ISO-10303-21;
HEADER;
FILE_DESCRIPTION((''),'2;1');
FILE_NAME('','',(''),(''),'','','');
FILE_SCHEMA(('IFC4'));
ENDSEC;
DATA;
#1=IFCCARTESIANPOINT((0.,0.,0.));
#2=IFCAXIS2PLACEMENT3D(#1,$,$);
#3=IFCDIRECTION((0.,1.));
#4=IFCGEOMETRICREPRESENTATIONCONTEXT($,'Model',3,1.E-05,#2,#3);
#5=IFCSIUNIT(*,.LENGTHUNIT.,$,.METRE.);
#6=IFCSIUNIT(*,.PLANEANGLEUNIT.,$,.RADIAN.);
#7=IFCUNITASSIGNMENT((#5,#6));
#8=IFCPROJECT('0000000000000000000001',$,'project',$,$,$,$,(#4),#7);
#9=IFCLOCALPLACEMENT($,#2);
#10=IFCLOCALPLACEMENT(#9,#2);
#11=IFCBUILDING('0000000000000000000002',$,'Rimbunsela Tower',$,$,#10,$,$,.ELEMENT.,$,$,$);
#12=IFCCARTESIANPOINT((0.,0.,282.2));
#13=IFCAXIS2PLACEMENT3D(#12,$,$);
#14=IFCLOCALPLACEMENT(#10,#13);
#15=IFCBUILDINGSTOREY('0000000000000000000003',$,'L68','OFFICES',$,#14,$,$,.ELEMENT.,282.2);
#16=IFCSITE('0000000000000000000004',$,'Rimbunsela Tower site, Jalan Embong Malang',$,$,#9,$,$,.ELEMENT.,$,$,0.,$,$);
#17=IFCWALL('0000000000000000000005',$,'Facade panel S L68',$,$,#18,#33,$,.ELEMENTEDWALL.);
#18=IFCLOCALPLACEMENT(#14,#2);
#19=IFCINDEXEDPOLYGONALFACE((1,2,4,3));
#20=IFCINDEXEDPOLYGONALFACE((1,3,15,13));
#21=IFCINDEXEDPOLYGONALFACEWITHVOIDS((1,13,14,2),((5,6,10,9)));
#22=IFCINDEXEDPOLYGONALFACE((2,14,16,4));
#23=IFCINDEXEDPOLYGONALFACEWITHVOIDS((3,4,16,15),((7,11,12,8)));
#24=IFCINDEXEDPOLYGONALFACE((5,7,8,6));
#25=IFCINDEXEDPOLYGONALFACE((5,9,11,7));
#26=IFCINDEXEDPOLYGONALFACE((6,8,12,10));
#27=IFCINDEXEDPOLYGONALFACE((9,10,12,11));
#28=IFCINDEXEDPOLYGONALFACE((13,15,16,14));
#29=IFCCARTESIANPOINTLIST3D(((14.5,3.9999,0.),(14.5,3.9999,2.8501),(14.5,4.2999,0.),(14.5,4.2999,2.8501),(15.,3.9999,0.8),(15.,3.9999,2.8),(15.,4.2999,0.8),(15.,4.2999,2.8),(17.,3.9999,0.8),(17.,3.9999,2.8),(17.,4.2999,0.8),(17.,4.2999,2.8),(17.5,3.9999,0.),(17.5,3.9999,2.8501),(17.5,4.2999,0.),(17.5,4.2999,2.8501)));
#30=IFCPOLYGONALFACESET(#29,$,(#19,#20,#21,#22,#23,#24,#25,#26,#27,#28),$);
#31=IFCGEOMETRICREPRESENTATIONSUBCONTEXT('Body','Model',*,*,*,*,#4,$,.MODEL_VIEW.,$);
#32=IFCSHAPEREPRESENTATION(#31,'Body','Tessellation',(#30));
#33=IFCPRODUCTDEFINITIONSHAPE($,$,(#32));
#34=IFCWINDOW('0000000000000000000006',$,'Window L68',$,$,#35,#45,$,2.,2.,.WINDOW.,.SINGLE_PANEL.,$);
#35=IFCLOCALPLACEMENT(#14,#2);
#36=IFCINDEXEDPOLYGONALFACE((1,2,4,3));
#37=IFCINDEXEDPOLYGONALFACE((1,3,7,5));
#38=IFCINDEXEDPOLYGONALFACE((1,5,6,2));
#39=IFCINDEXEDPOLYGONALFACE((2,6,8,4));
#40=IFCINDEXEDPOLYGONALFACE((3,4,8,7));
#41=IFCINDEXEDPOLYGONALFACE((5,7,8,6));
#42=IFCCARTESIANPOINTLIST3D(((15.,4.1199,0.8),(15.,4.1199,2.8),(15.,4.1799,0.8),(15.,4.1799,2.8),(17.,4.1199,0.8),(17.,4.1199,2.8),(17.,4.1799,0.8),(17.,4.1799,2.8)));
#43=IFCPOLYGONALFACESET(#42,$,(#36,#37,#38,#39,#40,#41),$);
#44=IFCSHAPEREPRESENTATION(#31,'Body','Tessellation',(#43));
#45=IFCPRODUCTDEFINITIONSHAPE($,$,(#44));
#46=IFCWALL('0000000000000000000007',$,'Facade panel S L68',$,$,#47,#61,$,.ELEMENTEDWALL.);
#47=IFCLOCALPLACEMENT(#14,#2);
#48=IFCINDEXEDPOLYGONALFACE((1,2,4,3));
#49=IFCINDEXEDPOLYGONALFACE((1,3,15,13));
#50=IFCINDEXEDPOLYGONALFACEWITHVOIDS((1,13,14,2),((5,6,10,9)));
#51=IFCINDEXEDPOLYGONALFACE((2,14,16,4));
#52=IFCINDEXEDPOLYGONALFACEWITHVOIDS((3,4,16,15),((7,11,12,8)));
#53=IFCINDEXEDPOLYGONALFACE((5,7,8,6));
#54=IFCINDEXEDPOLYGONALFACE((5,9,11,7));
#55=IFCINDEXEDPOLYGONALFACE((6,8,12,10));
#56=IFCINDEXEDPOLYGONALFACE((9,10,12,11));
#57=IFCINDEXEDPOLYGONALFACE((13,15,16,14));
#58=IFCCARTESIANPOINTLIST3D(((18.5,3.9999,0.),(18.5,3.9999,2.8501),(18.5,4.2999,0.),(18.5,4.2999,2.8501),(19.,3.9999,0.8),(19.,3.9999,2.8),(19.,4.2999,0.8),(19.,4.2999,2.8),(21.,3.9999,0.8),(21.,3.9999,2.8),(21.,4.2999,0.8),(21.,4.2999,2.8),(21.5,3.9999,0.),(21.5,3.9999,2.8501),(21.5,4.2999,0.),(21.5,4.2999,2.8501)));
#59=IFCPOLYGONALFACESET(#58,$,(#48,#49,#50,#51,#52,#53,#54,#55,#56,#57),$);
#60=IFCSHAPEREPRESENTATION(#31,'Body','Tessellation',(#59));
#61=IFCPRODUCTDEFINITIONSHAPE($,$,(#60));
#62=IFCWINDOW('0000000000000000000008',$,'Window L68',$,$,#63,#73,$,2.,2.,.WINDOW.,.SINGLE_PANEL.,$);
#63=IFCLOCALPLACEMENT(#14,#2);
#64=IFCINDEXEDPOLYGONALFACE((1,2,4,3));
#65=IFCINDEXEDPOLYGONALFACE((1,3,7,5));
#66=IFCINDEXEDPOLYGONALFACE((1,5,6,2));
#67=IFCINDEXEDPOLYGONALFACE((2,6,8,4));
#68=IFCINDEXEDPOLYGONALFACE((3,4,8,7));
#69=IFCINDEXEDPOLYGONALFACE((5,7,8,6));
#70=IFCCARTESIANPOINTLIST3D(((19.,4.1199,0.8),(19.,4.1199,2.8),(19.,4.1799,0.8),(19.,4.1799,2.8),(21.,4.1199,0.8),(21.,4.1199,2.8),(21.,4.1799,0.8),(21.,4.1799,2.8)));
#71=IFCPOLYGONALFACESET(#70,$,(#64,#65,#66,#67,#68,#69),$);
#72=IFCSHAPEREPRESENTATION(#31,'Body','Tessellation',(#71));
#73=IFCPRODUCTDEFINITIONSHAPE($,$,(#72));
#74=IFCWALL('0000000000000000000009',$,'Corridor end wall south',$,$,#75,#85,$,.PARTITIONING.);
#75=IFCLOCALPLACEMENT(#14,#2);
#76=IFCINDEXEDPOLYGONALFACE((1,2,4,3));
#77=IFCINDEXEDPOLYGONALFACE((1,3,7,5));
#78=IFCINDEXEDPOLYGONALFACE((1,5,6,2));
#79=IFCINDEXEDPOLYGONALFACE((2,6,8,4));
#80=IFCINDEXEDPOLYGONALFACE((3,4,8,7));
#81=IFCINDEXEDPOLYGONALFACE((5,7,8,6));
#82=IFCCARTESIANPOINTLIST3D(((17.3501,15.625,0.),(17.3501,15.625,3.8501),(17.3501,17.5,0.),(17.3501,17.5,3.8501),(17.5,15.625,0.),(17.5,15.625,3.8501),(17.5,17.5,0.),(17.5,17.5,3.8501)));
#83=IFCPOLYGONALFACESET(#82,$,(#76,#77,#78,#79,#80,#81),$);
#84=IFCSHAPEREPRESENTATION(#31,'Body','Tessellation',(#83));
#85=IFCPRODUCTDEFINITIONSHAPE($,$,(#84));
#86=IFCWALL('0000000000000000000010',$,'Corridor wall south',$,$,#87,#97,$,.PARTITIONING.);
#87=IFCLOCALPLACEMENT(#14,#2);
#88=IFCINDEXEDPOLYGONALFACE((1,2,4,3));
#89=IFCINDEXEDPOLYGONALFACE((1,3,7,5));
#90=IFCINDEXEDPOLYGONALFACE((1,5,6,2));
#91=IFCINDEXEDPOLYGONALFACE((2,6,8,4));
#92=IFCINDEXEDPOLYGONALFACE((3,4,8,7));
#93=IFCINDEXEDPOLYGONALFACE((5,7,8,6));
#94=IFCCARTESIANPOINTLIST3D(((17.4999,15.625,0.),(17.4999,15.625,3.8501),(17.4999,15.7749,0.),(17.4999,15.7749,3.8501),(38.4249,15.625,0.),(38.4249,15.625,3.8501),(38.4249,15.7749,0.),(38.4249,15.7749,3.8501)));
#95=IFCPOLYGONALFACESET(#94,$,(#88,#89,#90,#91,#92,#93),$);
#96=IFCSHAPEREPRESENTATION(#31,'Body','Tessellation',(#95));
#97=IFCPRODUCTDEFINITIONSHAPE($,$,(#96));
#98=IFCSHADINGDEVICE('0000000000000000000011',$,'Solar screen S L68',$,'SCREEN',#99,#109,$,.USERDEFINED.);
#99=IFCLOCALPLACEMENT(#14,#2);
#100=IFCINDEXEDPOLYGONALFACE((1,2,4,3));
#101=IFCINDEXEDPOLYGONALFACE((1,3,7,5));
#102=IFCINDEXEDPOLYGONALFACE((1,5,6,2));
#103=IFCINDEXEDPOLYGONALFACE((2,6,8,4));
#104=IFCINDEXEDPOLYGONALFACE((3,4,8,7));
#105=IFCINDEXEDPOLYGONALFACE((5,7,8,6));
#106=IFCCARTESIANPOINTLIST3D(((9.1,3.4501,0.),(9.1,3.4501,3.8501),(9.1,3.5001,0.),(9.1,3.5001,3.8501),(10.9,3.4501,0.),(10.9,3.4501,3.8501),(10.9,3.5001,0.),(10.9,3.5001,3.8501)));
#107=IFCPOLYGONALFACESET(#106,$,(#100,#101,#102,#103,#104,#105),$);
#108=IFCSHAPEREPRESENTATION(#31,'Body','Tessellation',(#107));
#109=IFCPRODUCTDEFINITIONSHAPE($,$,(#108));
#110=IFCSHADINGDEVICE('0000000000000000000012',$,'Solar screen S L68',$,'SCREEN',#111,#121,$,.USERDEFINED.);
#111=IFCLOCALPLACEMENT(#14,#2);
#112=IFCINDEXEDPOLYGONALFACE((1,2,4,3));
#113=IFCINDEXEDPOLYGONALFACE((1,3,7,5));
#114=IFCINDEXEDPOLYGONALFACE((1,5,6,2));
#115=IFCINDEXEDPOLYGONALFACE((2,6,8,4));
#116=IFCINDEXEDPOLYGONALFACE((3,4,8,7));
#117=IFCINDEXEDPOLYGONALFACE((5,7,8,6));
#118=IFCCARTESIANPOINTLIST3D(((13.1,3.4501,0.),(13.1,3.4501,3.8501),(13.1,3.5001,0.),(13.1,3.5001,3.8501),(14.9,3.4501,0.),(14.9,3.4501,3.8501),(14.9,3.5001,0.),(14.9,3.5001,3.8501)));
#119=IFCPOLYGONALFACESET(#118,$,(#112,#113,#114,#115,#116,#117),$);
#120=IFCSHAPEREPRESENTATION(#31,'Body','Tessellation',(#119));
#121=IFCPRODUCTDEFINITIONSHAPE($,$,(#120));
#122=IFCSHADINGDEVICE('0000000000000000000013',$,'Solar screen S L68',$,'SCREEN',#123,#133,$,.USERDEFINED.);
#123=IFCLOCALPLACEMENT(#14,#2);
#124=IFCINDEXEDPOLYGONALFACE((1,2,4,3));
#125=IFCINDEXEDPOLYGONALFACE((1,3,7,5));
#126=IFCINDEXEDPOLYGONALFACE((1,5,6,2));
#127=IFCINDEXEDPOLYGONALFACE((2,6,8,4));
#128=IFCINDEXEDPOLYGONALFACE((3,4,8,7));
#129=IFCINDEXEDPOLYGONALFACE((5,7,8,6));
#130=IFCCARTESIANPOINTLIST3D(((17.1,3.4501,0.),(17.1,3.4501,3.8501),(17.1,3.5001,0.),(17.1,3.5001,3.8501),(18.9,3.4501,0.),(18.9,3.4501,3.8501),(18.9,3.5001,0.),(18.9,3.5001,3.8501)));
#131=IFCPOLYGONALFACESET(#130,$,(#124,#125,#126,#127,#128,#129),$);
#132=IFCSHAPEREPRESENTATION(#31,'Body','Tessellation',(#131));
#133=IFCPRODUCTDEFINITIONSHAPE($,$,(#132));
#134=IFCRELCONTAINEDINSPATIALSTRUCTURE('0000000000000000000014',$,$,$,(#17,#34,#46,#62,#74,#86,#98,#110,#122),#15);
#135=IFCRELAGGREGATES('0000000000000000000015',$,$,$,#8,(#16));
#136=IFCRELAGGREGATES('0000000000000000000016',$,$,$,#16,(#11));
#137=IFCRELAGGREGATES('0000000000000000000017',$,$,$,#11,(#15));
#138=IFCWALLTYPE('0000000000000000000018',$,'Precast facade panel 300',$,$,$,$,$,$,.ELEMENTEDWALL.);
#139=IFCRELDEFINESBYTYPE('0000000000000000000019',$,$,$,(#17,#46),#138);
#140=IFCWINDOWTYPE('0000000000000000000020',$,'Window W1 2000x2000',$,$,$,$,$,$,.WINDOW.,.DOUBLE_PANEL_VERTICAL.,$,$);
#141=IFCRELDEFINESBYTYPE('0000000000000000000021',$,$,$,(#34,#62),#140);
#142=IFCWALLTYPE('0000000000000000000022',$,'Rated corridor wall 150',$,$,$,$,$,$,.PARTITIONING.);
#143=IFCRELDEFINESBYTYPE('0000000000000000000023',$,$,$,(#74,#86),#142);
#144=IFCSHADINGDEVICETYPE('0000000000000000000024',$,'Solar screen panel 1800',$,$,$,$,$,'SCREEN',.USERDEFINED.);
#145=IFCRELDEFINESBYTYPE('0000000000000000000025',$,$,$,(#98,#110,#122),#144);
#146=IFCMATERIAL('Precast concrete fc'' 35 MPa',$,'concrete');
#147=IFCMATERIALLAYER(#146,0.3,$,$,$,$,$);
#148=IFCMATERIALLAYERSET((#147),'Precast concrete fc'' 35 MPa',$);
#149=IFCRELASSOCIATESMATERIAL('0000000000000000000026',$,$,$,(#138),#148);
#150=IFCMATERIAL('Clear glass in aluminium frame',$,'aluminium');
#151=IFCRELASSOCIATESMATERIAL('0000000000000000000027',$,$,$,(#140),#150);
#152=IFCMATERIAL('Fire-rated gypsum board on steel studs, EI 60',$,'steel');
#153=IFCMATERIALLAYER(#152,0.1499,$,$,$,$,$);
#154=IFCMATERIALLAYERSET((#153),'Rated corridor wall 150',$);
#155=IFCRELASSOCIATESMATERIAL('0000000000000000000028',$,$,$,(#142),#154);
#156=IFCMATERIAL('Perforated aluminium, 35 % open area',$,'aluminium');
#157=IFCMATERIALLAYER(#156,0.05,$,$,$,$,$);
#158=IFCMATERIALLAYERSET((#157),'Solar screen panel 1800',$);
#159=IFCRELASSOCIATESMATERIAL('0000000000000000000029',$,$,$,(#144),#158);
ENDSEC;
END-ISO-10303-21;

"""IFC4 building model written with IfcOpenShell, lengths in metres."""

from ifc_helpers import new_model, si_unit, direction, frame, frame_2d, origin, origin_2d, place, context, subcontext, project, spatial, rectangle, extrude, material, layer, layer_set, type_object, element, fill, save


model = new_model("IFC4")

# Units and contexts
model_context = context("Model", 3, precision=1e-05, world=origin(), true_north=direction((0.0, 1.0)))
body_context = subcontext(model_context, "Body", "Model", "MODEL_VIEW")
ifc_project = project(units=[si_unit("LENGTHUNIT", "METRE"), si_unit("PLANEANGLEUNIT", "RADIAN")], contexts=[model_context])

# Site, building, storey
site_placement = place(None, origin())
site = spatial("IfcSite", under=ifc_project, at=site_placement, Name="Rimbunsela Tower site, Jalan Embong Malang", CompositionType="ELEMENT", RefElevation=0.0)
building_placement = place(site_placement, origin())
building = spatial("IfcBuilding", under=site, at=building_placement, Name="Rimbunsela Tower", CompositionType="ELEMENT")
storey_placement = place(building_placement, frame((0.0, 0.0, 282.2)))
storey = spatial("IfcBuildingStorey", under=building, at=storey_placement, Name="L68", Description="OFFICES", CompositionType="ELEMENT", Elevation=282.2)

# Shared definitions
ifc_material_1 = material(Name="Precast concrete fc' 35 MPa", Category="concrete")
ifc_layer_1 = layer(ifc_material_1, 0.3)
ifc_layer_set_1 = layer_set([ifc_layer_1], Name="Precast concrete fc' 35 MPa")
wall_type_1 = type_object("IfcWallType", Name="Precast facade panel 300", PredefinedType="ELEMENTEDWALL", material=ifc_layer_set_1)

# Walls, openings, windows
ifc_material_2 = material(Name="Clear glass in aluminium frame", Category="aluminium")
window_type = type_object("IfcWindowType", Name="Window W1 2000x2000", PartitioningType="DOUBLE_PANEL_VERTICAL", PredefinedType="WINDOW", material=ifc_material_2)
wall_1_placement = place(storey_placement, frame((14.5, 4.1499, 0.0), z_axis=(0.0, 0.0, 1.0), x_axis=(1.0, 0.0, 0.0)))
wall_1 = element("IfcWall", 1, at=wall_1_placement, inside=storey, type_object=wall_type_1, Name="Facade panel S L68", PredefinedType="ELEMENTEDWALL", context=body_context, shape_type="SweptSolid", body=[
    extrude(rectangle(XDim=3.0, YDim=0.3, at=frame_2d((1.5, 0.0))), origin(), (0.0, 0.0, 1.0), 2.8501),
])
opening_1_placement = place(wall_1_placement, frame((0.5, 0.0, 0.8)))
opening_1 = element("IfcOpeningElement", 2, at=opening_1_placement, cuts=wall_1, PredefinedType="OPENING", context=body_context, shape_type="SweptSolid", body=[
    extrude(rectangle(XDim=2.0, YDim=2.0, at=frame_2d((1.0, 1.0))), frame((0.0, 0.1599, 0.0), z_axis=(0.0, -1.0, 0.0), x_axis=(1.0, 0.0, 0.0)), (0.0, 0.0, 1.0), 0.3201),
])
window_1_placement = place(opening_1_placement, origin())
window_1 = element("IfcWindow", 3, at=window_1_placement, inside=storey, type_object=window_type, Name="Window L68", OverallHeight=2.0, OverallWidth=2.0, PartitioningType="SINGLE_PANEL", PredefinedType="WINDOW", context=body_context, shape_type="SweptSolid", body=[
    extrude(rectangle(XDim=2.0, YDim=2.0, at=frame_2d((1.0, 1.0))), frame((0.0, 0.03, 0.0), z_axis=(0.0, -1.0, 0.0), x_axis=(1.0, 0.0, 0.0)), (0.0, 0.0, 1.0), 0.0601),
])
fill(opening_1, window_1)
wall_2_placement = place(storey_placement, frame((18.5, 4.1499, 0.0), z_axis=(0.0, 0.0, 1.0), x_axis=(1.0, 0.0, 0.0)))
wall_2 = element("IfcWall", 4, at=wall_2_placement, inside=storey, type_object=wall_type_1, Name="Facade panel S L68", PredefinedType="ELEMENTEDWALL", context=body_context, shape_type="SweptSolid", body=[
    extrude(rectangle(XDim=3.0, YDim=0.3, at=frame_2d((1.5, 0.0))), origin(), (0.0, 0.0, 1.0), 2.8501),
])
opening_2_placement = place(wall_2_placement, frame((0.5, 0.0, 0.8)))
opening_2 = element("IfcOpeningElement", 5, at=opening_2_placement, cuts=wall_2, PredefinedType="OPENING", context=body_context, shape_type="SweptSolid", body=[
    extrude(rectangle(XDim=2.0, YDim=2.0, at=frame_2d((1.0, 1.0))), frame((0.0, 0.1599, 0.0), z_axis=(0.0, -1.0, 0.0), x_axis=(1.0, 0.0, 0.0)), (0.0, 0.0, 1.0), 0.3201),
])
window_2_placement = place(opening_2_placement, origin())
window_2 = element("IfcWindow", 6, at=window_2_placement, inside=storey, type_object=window_type, Name="Window L68", OverallHeight=2.0, OverallWidth=2.0, PartitioningType="SINGLE_PANEL", PredefinedType="WINDOW", context=body_context, shape_type="SweptSolid", body=[
    extrude(rectangle(XDim=2.0, YDim=2.0, at=frame_2d((1.0, 1.0))), frame((0.0, 0.03, 0.0), z_axis=(0.0, -1.0, 0.0), x_axis=(1.0, 0.0, 0.0)), (0.0, 0.0, 1.0), 0.0601),
])
fill(opening_2, window_2)

# Walls
ifc_material_3 = material(Name="Fire-rated gypsum board on steel studs, EI 60", Category="steel")
ifc_layer_2 = layer(ifc_material_3, 0.1499)
ifc_layer_set_2 = layer_set([ifc_layer_2], Name="Rated corridor wall 150")
wall_type_2 = type_object("IfcWallType", Name="Rated corridor wall 150", PredefinedType="PARTITIONING", material=ifc_layer_set_2)
wall_3_placement = place(storey_placement, frame((17.425, 15.625, 0.0), z_axis=(0.0, 0.0, 1.0), x_axis=(0.0, 1.0, 0.0)))
element("IfcWall", 7, at=wall_3_placement, inside=storey, type_object=wall_type_2, Name="Corridor end wall south", PredefinedType="PARTITIONING", context=body_context, shape_type="SweptSolid", body=[
    extrude(rectangle(XDim=1.875, YDim=0.1499, at=frame_2d((0.9375, 0.0))), origin(), (0.0, 0.0, 1.0), 3.8501),
])
wall_4_placement = place(storey_placement, frame((17.5, 15.7, 0.0), z_axis=(0.0, 0.0, 1.0), x_axis=(1.0, 0.0, 0.0)))
element("IfcWall", 8, at=wall_4_placement, inside=storey, type_object=wall_type_2, Name="Corridor wall south", PredefinedType="PARTITIONING", context=body_context, shape_type="SweptSolid", body=[
    extrude(rectangle(XDim=20.925, YDim=0.1499, at=frame_2d((10.4624, 0.0))), origin(), (0.0, 0.0, 1.0), 3.8501),
])

# Shading devices
ifc_material_4 = material(Name="Perforated aluminium, 35 % open area", Category="aluminium")
ifc_layer_3 = layer(ifc_material_4, 0.05)
ifc_layer_set_3 = layer_set([ifc_layer_3], Name="Solar screen panel 1800")
shading_device_type = type_object("IfcShadingDeviceType", Name="Solar screen panel 1800", ElementType="SCREEN", PredefinedType="USERDEFINED", material=ifc_layer_set_3)
for number, where, z_axis, x_axis, name in (
    (9, (10.0, 3.4751, 0.0), (0.0, 0.0, 1.0), (1.0, 0.0, 0.0), "Solar screen S L68"),
    (10, (14.0, 3.4751, 0.0), (0.0, 0.0, 1.0), (1.0, 0.0, 0.0), "Solar screen S L68"),
    (11, (18.0, 3.4751, 0.0), (0.0, 0.0, 1.0), (1.0, 0.0, 0.0), "Solar screen S L68"),
):
    element("IfcShadingDevice", number, at=place(storey_placement, frame(where, z_axis=z_axis, x_axis=x_axis)), inside=storey, type_object=shading_device_type, Name=name, ObjectType="SCREEN", PredefinedType="USERDEFINED", context=body_context, shape_type="SweptSolid", body=[
        extrude(rectangle(XDim=1.8, YDim=0.05, at=origin_2d()), origin(), (0.0, 0.0, 1.0), 3.8501),
    ])

save(model, "model.ifc")
